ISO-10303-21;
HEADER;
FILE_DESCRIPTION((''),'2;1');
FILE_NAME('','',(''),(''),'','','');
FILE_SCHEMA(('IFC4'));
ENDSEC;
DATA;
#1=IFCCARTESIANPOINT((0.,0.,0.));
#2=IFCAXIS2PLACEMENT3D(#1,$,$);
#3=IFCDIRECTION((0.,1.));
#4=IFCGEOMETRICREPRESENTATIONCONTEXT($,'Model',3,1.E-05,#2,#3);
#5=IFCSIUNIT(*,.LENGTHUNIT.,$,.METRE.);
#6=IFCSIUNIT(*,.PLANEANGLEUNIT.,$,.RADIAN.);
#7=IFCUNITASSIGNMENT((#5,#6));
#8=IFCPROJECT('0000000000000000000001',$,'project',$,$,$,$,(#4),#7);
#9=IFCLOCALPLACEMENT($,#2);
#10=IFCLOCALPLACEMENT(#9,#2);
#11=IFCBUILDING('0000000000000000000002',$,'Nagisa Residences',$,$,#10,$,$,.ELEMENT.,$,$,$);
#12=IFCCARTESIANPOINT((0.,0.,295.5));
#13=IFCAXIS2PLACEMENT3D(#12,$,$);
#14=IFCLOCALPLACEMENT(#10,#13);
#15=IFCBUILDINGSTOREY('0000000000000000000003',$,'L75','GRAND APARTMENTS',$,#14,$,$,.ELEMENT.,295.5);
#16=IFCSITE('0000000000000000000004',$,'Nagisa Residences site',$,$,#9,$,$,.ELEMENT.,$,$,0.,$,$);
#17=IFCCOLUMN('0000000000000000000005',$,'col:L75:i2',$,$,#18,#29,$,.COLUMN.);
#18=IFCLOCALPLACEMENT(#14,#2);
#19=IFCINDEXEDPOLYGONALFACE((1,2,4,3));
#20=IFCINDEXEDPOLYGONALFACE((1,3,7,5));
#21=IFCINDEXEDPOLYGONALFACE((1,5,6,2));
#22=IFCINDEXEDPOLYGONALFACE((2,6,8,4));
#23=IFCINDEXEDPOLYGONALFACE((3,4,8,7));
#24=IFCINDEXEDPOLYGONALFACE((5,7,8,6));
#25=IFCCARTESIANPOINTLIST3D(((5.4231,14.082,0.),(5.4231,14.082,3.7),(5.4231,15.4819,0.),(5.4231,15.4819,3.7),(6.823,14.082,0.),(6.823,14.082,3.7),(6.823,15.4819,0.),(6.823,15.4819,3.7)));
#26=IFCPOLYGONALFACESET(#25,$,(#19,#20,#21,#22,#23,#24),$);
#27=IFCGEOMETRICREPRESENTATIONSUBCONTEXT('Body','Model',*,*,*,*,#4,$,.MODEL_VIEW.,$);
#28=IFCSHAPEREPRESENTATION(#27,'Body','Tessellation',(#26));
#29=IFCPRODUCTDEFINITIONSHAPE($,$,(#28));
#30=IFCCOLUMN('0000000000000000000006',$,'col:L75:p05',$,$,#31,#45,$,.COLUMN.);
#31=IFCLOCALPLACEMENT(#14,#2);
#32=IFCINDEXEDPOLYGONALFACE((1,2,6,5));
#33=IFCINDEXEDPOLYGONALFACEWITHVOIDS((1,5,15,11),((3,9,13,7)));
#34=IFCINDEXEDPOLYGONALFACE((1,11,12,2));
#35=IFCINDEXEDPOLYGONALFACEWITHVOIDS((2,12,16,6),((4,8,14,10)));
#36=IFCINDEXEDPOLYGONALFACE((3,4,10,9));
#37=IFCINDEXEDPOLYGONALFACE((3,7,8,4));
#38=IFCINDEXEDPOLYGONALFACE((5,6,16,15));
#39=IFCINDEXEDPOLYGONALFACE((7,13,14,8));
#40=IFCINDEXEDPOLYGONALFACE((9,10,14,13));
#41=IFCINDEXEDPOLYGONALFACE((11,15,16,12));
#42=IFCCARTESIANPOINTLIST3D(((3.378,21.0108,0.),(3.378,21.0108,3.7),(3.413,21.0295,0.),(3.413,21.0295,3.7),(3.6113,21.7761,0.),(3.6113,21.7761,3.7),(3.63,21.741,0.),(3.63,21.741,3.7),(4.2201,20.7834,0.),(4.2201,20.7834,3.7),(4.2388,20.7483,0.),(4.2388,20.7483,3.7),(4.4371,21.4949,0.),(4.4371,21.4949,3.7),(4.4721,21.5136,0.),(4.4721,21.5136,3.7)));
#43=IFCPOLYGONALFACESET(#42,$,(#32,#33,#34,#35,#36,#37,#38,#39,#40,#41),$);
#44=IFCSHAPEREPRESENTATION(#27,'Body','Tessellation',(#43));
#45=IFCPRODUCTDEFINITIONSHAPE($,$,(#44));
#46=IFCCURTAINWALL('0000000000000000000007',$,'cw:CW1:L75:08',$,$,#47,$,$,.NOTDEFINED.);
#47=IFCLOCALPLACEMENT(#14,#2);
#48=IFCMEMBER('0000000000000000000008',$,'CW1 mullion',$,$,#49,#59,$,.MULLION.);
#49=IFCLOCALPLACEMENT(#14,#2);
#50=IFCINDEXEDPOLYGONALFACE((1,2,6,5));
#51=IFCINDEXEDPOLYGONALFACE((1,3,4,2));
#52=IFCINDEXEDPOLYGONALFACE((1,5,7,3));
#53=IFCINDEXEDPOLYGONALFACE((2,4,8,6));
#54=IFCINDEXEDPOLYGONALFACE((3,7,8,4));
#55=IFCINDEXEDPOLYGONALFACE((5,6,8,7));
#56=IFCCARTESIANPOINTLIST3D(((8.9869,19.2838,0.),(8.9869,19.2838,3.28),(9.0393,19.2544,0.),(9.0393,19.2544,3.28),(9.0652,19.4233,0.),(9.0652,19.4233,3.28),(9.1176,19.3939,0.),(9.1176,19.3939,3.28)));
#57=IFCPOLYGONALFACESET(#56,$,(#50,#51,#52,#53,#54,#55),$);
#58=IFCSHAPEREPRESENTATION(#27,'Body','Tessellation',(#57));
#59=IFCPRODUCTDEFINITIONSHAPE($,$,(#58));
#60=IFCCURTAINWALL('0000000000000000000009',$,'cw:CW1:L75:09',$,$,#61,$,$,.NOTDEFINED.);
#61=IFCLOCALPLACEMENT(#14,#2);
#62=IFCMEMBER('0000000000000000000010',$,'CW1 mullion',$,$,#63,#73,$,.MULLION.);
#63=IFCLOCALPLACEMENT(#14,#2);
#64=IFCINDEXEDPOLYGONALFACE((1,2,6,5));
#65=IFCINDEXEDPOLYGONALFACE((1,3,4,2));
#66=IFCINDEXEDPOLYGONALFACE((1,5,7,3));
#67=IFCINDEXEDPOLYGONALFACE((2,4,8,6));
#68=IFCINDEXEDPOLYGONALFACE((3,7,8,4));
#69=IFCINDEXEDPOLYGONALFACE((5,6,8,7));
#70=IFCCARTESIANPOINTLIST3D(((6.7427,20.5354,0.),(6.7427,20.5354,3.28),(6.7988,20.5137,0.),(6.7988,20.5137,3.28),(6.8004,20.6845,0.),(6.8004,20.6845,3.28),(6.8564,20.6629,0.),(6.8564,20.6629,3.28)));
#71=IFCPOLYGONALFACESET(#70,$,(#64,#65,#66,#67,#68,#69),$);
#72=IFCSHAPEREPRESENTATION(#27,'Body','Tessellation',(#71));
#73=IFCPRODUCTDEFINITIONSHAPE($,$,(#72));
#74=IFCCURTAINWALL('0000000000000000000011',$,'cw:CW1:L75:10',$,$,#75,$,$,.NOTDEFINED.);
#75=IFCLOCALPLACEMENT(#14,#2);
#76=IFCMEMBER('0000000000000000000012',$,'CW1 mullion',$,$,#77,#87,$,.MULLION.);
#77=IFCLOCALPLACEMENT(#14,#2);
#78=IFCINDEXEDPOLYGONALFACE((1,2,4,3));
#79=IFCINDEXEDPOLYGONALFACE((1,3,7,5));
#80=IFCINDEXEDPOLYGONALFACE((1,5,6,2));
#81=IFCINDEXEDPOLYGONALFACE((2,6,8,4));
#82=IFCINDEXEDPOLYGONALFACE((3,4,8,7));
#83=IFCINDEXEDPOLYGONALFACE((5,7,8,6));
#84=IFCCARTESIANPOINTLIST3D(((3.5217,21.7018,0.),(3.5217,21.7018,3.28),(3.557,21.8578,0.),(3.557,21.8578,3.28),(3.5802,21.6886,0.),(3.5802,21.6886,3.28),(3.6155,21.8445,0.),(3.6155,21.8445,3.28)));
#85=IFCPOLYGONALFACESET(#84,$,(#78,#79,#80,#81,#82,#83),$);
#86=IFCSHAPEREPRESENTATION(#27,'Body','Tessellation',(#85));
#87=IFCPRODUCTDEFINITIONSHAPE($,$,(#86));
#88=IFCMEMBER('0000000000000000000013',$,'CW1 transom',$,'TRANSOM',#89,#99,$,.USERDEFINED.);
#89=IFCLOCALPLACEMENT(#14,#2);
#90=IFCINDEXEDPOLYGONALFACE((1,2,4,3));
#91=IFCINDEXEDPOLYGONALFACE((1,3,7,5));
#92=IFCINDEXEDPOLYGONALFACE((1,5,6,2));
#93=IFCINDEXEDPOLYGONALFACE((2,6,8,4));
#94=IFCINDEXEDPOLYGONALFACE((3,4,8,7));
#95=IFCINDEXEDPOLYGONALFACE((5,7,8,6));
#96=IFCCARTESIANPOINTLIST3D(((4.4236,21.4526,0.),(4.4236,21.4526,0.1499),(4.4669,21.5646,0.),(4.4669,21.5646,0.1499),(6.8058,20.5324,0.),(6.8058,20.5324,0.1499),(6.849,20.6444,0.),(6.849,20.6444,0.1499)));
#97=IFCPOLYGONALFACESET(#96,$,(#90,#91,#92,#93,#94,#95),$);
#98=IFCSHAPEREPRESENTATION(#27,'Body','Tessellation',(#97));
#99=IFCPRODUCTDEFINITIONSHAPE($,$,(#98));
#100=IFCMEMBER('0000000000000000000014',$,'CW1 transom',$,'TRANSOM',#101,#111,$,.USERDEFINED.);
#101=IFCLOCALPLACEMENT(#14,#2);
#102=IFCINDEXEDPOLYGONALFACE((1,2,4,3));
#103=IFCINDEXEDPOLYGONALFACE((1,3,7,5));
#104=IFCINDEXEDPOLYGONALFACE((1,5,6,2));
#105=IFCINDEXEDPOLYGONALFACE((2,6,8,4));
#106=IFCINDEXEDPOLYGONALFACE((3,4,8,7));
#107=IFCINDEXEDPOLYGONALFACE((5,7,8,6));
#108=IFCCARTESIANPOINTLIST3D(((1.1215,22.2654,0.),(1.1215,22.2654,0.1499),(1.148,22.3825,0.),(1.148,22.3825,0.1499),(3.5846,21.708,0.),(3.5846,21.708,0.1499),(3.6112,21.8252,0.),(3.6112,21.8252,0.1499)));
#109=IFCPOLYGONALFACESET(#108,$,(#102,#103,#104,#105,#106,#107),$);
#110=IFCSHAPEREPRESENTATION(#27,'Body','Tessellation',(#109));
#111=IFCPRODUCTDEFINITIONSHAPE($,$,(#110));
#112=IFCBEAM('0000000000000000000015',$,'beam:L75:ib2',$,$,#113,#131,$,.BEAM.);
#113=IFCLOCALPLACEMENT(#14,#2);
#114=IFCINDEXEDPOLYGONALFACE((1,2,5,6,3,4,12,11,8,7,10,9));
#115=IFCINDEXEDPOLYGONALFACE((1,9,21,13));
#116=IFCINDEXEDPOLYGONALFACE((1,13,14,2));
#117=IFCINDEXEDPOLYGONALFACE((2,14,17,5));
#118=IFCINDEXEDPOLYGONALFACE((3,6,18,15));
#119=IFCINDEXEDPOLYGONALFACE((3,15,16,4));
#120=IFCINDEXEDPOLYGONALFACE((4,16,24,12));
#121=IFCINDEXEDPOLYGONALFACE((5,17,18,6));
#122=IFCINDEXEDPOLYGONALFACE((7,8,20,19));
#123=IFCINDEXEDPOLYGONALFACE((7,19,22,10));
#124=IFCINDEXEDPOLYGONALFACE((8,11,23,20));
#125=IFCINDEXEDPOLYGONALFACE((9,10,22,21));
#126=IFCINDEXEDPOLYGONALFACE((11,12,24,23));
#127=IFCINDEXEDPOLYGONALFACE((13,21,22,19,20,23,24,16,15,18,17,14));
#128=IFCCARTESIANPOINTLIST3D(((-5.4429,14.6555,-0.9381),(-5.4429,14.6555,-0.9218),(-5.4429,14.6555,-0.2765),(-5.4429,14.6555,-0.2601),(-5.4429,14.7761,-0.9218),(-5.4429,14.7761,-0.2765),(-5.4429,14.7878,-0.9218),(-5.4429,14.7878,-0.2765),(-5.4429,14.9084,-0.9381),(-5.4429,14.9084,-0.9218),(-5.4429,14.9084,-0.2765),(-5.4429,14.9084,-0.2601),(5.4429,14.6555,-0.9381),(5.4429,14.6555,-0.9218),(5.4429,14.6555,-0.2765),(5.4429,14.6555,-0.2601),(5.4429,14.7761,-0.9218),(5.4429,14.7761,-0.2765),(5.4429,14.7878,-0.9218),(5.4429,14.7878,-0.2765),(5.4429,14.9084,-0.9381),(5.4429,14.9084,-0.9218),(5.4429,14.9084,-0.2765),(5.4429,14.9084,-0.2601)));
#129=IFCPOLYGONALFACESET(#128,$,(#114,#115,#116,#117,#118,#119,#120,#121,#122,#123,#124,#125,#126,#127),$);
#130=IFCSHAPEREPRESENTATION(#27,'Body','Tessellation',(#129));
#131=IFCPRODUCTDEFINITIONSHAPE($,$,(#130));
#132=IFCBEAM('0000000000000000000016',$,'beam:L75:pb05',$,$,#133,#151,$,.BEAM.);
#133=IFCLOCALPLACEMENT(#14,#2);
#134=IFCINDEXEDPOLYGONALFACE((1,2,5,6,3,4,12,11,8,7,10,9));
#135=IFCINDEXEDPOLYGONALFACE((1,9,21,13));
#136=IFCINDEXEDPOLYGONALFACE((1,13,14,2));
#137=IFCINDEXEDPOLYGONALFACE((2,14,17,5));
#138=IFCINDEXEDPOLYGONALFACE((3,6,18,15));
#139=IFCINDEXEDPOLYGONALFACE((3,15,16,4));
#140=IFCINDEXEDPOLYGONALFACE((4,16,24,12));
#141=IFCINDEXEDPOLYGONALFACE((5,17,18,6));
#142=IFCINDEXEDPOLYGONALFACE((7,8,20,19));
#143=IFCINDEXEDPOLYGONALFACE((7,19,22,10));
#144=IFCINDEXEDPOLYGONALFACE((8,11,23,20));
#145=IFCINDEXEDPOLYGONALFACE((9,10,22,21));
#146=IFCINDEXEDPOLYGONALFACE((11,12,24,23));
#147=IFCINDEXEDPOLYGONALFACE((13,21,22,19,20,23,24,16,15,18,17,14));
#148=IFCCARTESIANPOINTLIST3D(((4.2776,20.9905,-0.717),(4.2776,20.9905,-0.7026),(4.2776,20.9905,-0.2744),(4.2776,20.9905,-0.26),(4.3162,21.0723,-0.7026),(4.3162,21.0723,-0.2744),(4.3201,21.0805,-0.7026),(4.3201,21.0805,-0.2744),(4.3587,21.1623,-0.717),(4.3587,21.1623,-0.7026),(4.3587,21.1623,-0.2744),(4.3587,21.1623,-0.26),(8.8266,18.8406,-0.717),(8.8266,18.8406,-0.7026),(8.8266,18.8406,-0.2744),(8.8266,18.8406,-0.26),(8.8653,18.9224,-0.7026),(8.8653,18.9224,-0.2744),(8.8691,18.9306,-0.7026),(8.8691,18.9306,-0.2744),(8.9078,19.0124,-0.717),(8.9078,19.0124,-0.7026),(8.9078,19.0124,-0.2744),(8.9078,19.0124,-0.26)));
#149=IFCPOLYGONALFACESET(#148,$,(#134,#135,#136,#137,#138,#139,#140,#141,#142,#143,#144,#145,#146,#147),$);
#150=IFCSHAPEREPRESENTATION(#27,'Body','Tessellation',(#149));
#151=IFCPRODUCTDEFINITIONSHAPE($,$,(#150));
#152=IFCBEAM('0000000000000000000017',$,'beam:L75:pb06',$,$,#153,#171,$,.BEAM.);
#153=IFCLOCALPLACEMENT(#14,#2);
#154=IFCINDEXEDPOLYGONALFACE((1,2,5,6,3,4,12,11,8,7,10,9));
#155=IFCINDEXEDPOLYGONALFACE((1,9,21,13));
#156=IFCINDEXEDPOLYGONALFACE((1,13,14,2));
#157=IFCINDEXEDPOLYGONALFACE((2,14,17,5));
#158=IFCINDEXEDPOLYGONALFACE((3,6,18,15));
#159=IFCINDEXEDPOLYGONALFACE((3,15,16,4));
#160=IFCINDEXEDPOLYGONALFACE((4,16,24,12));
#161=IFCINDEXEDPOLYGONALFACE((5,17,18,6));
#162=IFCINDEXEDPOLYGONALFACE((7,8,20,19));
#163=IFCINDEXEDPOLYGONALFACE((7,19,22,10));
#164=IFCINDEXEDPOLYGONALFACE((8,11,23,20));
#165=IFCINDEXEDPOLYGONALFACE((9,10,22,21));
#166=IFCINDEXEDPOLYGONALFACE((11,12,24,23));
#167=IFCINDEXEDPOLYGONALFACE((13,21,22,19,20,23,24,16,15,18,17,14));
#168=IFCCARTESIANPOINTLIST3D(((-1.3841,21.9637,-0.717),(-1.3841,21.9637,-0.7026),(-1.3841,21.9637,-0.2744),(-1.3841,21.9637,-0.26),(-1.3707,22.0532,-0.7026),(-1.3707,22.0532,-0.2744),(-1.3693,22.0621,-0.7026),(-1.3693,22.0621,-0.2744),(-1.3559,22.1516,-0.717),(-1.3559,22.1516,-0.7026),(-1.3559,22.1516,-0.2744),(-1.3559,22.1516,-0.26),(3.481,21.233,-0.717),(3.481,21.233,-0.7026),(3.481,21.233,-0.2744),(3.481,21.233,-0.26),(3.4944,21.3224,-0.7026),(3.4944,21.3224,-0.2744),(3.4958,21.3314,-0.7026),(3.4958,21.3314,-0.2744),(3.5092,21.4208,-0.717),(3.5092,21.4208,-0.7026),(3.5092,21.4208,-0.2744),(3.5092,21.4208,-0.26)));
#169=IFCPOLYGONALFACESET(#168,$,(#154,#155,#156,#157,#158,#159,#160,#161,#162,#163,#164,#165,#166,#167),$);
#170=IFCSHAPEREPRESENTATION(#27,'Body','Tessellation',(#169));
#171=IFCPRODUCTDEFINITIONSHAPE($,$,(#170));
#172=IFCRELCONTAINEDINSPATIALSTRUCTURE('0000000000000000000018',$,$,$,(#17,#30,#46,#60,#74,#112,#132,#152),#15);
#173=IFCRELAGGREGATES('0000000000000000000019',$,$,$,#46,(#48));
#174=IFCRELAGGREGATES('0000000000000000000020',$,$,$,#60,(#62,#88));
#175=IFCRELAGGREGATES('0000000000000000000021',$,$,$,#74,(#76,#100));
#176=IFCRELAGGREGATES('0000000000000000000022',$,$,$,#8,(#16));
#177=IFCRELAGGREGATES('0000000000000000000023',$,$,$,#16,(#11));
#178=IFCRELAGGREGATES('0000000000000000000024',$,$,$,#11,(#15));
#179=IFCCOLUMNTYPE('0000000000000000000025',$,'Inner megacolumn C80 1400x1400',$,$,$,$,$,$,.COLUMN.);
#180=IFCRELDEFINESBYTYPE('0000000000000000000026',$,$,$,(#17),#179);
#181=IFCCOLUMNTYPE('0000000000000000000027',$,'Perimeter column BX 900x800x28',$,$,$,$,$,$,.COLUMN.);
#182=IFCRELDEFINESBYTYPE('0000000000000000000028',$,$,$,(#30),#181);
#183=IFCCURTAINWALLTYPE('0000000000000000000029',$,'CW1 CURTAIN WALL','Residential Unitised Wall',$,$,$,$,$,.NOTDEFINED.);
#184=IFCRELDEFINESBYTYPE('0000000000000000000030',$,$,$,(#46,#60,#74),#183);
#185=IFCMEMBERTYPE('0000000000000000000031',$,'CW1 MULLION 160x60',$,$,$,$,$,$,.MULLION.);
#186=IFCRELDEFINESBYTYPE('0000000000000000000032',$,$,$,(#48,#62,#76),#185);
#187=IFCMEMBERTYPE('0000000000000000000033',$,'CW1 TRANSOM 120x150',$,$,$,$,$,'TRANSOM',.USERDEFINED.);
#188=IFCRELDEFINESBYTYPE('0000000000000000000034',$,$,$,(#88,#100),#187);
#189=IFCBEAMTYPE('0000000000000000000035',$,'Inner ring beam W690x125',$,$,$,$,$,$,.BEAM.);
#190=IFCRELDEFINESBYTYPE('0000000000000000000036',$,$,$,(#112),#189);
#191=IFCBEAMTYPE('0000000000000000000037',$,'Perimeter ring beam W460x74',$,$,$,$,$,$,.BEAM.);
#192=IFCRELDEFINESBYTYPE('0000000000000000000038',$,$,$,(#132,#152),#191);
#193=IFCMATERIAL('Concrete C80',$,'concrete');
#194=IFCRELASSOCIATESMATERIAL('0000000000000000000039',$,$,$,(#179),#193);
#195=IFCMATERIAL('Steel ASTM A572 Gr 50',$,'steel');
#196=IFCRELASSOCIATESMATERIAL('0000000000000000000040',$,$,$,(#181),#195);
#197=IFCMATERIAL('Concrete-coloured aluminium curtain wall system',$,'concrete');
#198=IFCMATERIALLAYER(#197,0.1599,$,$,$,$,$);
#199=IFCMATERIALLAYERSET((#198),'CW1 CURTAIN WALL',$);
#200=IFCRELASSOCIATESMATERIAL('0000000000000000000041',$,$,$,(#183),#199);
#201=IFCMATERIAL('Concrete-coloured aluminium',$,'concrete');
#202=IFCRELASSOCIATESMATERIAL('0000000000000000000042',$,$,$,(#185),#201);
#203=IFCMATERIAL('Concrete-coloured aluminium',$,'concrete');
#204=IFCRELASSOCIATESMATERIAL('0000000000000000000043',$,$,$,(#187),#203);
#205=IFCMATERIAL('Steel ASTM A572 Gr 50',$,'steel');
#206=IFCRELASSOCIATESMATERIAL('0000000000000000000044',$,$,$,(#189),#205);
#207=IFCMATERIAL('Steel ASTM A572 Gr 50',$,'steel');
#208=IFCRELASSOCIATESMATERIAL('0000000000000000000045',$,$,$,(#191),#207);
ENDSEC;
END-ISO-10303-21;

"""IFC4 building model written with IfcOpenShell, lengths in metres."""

from ifc_helpers import new_model, si_unit, direction, frame, origin, origin_2d, place, context, subcontext, project, spatial, rectangle, hollow_rectangle, i_section, extrude, material, layer, layer_set, material_profile, profile_set, type_object, element, aggregate, save


model = new_model("IFC4")

# Units and contexts
model_context = context("Model", 3, precision=1e-05, world=origin(), true_north=direction((0.0, 1.0)))
body_context = subcontext(model_context, "Body", "Model", "MODEL_VIEW")
ifc_project = project(units=[si_unit("LENGTHUNIT", "METRE"), si_unit("PLANEANGLEUNIT", "RADIAN")], contexts=[model_context])

# Site, building, storey
site_placement = place(None, origin())
site = spatial("IfcSite", under=ifc_project, at=site_placement, Name="Nagisa Residences site", CompositionType="ELEMENT", RefElevation=0.0)
building_placement = place(site_placement, origin())
building = spatial("IfcBuilding", under=site, at=building_placement, Name="Nagisa Residences", CompositionType="ELEMENT")
storey_placement = place(building_placement, frame((0.0, 0.0, 295.5)))
storey = spatial("IfcBuildingStorey", under=building, at=storey_placement, Name="L75", Description="GRAND APARTMENTS", CompositionType="ELEMENT", Elevation=295.5)

# Columns
ifc_material_1 = material(Name="Concrete C80", Category="concrete")
ifc_material_profile_1 = material_profile(ifc_material_1, rectangle(XDim=1.3999, YDim=1.3999, at=origin_2d()), Name="C80 1400x1400")
ifc_profile_set_1 = profile_set([ifc_material_profile_1], Name="Concrete C80")
column_type_1 = type_object("IfcColumnType", Name="Inner megacolumn C80 1400x1400", PredefinedType="COLUMN", material=ifc_profile_set_1)
column_1_placement = place(storey_placement, frame((6.123, 14.782, 0.0), z_axis=(0.0, 0.0, 1.0), x_axis=(1.0, 0.0, 0.0)))
element("IfcColumn", 1, at=column_1_placement, inside=storey, type_object=column_type_1, Name="col:L75:i2", PredefinedType="COLUMN", context=body_context, shape_type="SweptSolid", body=[
    extrude(rectangle(XDim=1.3999, YDim=1.3999, at=origin_2d()), origin(), (0.0, 0.0, 1.0), 3.7),
])
ifc_material_2 = material(Name="Steel ASTM A572 Gr 50", Category="steel")
ifc_material_profile_2 = material_profile(ifc_material_2, hollow_rectangle(XDim=0.8999, YDim=0.8, WallThickness=0.0281, at=origin_2d()), Name="BX 900x800x28")
ifc_profile_set_2 = profile_set([ifc_material_profile_2], Name="Steel ASTM A572 Gr 50")
column_type_2 = type_object("IfcColumnType", Name="Perimeter column BX 900x800x28", PredefinedType="COLUMN", material=ifc_profile_set_2)
column_2_placement = place(storey_placement, frame((3.925, 21.2622, 0.0), z_axis=(0.0, 0.0, 1.0), x_axis=(-0.956525, 0.291652, 0.0)))
element("IfcColumn", 2, at=column_2_placement, inside=storey, type_object=column_type_2, Name="col:L75:p05", PredefinedType="COLUMN", context=body_context, shape_type="SweptSolid", body=[
    extrude(hollow_rectangle(XDim=0.8999, YDim=0.8, WallThickness=0.0281, at=origin_2d()), origin(), (0.0, 0.0, 1.0), 3.7),
])

# Curtain walls, members
ifc_material_3 = material(Name="Concrete-coloured aluminium curtain wall system", Category="concrete")
ifc_layer_1 = layer(ifc_material_3, 0.1599)
ifc_layer_set_1 = layer_set([ifc_layer_1], Name="CW1 CURTAIN WALL")
curtain_wall_type = type_object("IfcCurtainWallType", Name="CW1 CURTAIN WALL", Description="Residential Unitised Wall", PredefinedType="NOTDEFINED", material=ifc_layer_set_1)
curtain_wall_1_placement = place(storey_placement, origin())
curtain_wall_1 = element("IfcCurtainWall", 3, at=curtain_wall_1_placement, inside=storey, type_object=curtain_wall_type, Name="cw:CW1:L75:08", PredefinedType="NOTDEFINED")
ifc_material_4 = material(Name="Concrete-coloured aluminium", Category="concrete")
ifc_material_profile_3 = material_profile(ifc_material_4, rectangle(XDim=0.1599, YDim=0.0601, at=origin_2d()), Name="CW1 MULLION 160x60")
ifc_profile_set_3 = profile_set([ifc_material_profile_3], Name="Concrete-coloured aluminium")
member_type_1 = type_object("IfcMemberType", Name="CW1 MULLION 160x60", PredefinedType="MULLION", material=ifc_profile_set_3)
member_1_placement = place(storey_placement, frame((9.0522, 19.3389, 0.0), z_axis=(0.0, 0.0, 1.0), x_axis=(-0.489377, -0.872072, 0.0)))
member_1 = element("IfcMember", 4, at=member_1_placement, type_object=member_type_1, Name="CW1 mullion", PredefinedType="MULLION", context=body_context, shape_type="SweptSolid", body=[
    extrude(rectangle(XDim=0.1599, YDim=0.0601, at=origin_2d()), origin(), (0.0, 0.0, 1.0), 3.28),
])
curtain_wall_2_placement = place(storey_placement, origin())
curtain_wall_2 = element("IfcCurtainWall", 5, at=curtain_wall_2_placement, inside=storey, type_object=curtain_wall_type, Name="cw:CW1:L75:09", PredefinedType="NOTDEFINED")
member_2_placement = place(storey_placement, frame((6.7996, 20.5991, 0.0), z_axis=(0.0, 0.0, 1.0), x_axis=(-0.360328, -0.932826, 0.0)))
member_2 = element("IfcMember", 6, at=member_2_placement, type_object=member_type_1, Name="CW1 mullion", PredefinedType="MULLION", context=body_context, shape_type="SweptSolid", body=[
    extrude(rectangle(XDim=0.1599, YDim=0.0601, at=origin_2d()), origin(), (0.0, 0.0, 1.0), 3.28),
])
curtain_wall_3_placement = place(storey_placement, origin())
curtain_wall_3 = element("IfcCurtainWall", 7, at=curtain_wall_3_placement, inside=storey, type_object=curtain_wall_type, Name="cw:CW1:L75:10", PredefinedType="NOTDEFINED")
member_3_placement = place(storey_placement, frame((3.5686, 21.7732, 0.0), z_axis=(0.0, 0.0, 1.0), x_axis=(-0.220764, -0.975327, 0.0)))
member_3 = element("IfcMember", 8, at=member_3_placement, type_object=member_type_1, Name="CW1 mullion", PredefinedType="MULLION", context=body_context, shape_type="SweptSolid", body=[
    extrude(rectangle(XDim=0.1599, YDim=0.0601, at=origin_2d()), origin(), (0.0, 0.0, 1.0), 3.28),
])

# Members
ifc_material_5 = material(Name="Concrete-coloured aluminium", Category="concrete")
ifc_material_profile_4 = material_profile(ifc_material_5, rectangle(XDim=0.1201, YDim=0.1499, at=origin_2d()), Name="CW1 TRANSOM 120x150")
ifc_profile_set_4 = profile_set([ifc_material_profile_4], Name="Concrete-coloured aluminium")
member_type_2 = type_object("IfcMemberType", Name="CW1 TRANSOM 120x150", ElementType="TRANSOM", PredefinedType="USERDEFINED", material=ifc_profile_set_4)
member_4_placement = place(storey_placement, frame((6.8274, 20.5884, 0.075), z_axis=(-0.932822, 0.360337, 0.0), x_axis=(-0.360337, -0.932822, 0.0)))
member_4 = element("IfcMember", 9, at=member_4_placement, type_object=member_type_2, Name="CW1 transom", ObjectType="TRANSOM", PredefinedType="USERDEFINED", context=body_context, shape_type="SweptSolid", body=[
    extrude(rectangle(XDim=0.1201, YDim=0.1499, at=origin_2d()), origin(), (0.0, 0.0, 1.0), 2.5537),
])
member_5_placement = place(storey_placement, frame((3.5979, 21.7666, 0.075), z_axis=(-0.97534, 0.220706, 0.0), x_axis=(-0.220706, -0.97534, 0.0)))
member_5 = element("IfcMember", 10, at=member_5_placement, type_object=member_type_2, Name="CW1 transom", ObjectType="TRANSOM", PredefinedType="USERDEFINED", context=body_context, shape_type="SweptSolid", body=[
    extrude(rectangle(XDim=0.1201, YDim=0.1499, at=origin_2d()), origin(), (0.0, 0.0, 1.0), 2.5254),
])

# Beams
ifc_material_6 = material(Name="Steel ASTM A572 Gr 50", Category="steel")
ifc_material_profile_5 = material_profile(ifc_material_6, i_section(OverallWidth=0.2529, OverallDepth=0.678, WebThickness=0.0117, FlangeThickness=0.0164, at=origin_2d()), Name="W690x125")
ifc_profile_set_5 = profile_set([ifc_material_profile_5], Name="Steel ASTM A572 Gr 50")
beam_type_1 = type_object("IfcBeamType", Name="Inner ring beam W690x125", PredefinedType="BEAM", material=ifc_profile_set_5)
beam_1_placement = place(storey_placement, frame((5.4429, 14.782, -0.5991), z_axis=(-1.0, 0.0, 0.0), x_axis=(0.0, -1.0, 0.0)))
element("IfcBeam", 11, at=beam_1_placement, inside=storey, type_object=beam_type_1, Name="beam:L75:ib2", PredefinedType="BEAM", context=body_context, shape_type="SweptSolid", body=[
    extrude(i_section(OverallWidth=0.2529, OverallDepth=0.678, WebThickness=0.0117, FlangeThickness=0.0164, at=origin_2d()), origin(), (0.0, 0.0, 1.0), 10.8857),
])
ifc_material_7 = material(Name="Steel ASTM A572 Gr 50", Category="steel")
ifc_material_profile_6 = material_profile(ifc_material_7, i_section(OverallWidth=0.1899, OverallDepth=0.457, WebThickness=0.009, FlangeThickness=0.0144, at=origin_2d()), Name="W460x74")
ifc_profile_set_6 = profile_set([ifc_material_profile_6], Name="Steel ASTM A572 Gr 50")
beam_type_2 = type_object("IfcBeamType", Name="Perimeter ring beam W460x74", PredefinedType="BEAM", material=ifc_profile_set_6)
beam_2_placement = place(storey_placement, frame((8.8672, 18.9265, -0.4885), z_axis=(-0.904116, 0.427287, 0.0), x_axis=(-0.427287, -0.904116, 0.0)))
element("IfcBeam", 12, at=beam_2_placement, inside=storey, type_object=beam_type_2, Name="beam:L75:pb05", PredefinedType="BEAM", context=body_context, shape_type="SweptSolid", body=[
    extrude(i_section(OverallWidth=0.1899, OverallDepth=0.457, WebThickness=0.009, FlangeThickness=0.0144, at=origin_2d()), origin(), (0.0, 0.0, 1.0), 5.0315),
])
beam_3_placement = place(storey_placement, frame((3.4951, 21.3269, -0.4885), z_axis=(-0.988908, 0.148532, 0.0), x_axis=(-0.148532, -0.988908, 0.0)))
element("IfcBeam", 13, at=beam_3_placement, inside=storey, type_object=beam_type_2, Name="beam:L75:pb06", PredefinedType="BEAM", context=body_context, shape_type="SweptSolid", body=[
    extrude(i_section(OverallWidth=0.1899, OverallDepth=0.457, WebThickness=0.009, FlangeThickness=0.0144, at=origin_2d()), origin(), (0.0, 0.0, 1.0), 4.9197),
])

aggregate(curtain_wall_1, [member_1])
aggregate(curtain_wall_2, [member_2, member_4])
aggregate(curtain_wall_3, [member_3, member_5])

save(model, "model.ifc")
